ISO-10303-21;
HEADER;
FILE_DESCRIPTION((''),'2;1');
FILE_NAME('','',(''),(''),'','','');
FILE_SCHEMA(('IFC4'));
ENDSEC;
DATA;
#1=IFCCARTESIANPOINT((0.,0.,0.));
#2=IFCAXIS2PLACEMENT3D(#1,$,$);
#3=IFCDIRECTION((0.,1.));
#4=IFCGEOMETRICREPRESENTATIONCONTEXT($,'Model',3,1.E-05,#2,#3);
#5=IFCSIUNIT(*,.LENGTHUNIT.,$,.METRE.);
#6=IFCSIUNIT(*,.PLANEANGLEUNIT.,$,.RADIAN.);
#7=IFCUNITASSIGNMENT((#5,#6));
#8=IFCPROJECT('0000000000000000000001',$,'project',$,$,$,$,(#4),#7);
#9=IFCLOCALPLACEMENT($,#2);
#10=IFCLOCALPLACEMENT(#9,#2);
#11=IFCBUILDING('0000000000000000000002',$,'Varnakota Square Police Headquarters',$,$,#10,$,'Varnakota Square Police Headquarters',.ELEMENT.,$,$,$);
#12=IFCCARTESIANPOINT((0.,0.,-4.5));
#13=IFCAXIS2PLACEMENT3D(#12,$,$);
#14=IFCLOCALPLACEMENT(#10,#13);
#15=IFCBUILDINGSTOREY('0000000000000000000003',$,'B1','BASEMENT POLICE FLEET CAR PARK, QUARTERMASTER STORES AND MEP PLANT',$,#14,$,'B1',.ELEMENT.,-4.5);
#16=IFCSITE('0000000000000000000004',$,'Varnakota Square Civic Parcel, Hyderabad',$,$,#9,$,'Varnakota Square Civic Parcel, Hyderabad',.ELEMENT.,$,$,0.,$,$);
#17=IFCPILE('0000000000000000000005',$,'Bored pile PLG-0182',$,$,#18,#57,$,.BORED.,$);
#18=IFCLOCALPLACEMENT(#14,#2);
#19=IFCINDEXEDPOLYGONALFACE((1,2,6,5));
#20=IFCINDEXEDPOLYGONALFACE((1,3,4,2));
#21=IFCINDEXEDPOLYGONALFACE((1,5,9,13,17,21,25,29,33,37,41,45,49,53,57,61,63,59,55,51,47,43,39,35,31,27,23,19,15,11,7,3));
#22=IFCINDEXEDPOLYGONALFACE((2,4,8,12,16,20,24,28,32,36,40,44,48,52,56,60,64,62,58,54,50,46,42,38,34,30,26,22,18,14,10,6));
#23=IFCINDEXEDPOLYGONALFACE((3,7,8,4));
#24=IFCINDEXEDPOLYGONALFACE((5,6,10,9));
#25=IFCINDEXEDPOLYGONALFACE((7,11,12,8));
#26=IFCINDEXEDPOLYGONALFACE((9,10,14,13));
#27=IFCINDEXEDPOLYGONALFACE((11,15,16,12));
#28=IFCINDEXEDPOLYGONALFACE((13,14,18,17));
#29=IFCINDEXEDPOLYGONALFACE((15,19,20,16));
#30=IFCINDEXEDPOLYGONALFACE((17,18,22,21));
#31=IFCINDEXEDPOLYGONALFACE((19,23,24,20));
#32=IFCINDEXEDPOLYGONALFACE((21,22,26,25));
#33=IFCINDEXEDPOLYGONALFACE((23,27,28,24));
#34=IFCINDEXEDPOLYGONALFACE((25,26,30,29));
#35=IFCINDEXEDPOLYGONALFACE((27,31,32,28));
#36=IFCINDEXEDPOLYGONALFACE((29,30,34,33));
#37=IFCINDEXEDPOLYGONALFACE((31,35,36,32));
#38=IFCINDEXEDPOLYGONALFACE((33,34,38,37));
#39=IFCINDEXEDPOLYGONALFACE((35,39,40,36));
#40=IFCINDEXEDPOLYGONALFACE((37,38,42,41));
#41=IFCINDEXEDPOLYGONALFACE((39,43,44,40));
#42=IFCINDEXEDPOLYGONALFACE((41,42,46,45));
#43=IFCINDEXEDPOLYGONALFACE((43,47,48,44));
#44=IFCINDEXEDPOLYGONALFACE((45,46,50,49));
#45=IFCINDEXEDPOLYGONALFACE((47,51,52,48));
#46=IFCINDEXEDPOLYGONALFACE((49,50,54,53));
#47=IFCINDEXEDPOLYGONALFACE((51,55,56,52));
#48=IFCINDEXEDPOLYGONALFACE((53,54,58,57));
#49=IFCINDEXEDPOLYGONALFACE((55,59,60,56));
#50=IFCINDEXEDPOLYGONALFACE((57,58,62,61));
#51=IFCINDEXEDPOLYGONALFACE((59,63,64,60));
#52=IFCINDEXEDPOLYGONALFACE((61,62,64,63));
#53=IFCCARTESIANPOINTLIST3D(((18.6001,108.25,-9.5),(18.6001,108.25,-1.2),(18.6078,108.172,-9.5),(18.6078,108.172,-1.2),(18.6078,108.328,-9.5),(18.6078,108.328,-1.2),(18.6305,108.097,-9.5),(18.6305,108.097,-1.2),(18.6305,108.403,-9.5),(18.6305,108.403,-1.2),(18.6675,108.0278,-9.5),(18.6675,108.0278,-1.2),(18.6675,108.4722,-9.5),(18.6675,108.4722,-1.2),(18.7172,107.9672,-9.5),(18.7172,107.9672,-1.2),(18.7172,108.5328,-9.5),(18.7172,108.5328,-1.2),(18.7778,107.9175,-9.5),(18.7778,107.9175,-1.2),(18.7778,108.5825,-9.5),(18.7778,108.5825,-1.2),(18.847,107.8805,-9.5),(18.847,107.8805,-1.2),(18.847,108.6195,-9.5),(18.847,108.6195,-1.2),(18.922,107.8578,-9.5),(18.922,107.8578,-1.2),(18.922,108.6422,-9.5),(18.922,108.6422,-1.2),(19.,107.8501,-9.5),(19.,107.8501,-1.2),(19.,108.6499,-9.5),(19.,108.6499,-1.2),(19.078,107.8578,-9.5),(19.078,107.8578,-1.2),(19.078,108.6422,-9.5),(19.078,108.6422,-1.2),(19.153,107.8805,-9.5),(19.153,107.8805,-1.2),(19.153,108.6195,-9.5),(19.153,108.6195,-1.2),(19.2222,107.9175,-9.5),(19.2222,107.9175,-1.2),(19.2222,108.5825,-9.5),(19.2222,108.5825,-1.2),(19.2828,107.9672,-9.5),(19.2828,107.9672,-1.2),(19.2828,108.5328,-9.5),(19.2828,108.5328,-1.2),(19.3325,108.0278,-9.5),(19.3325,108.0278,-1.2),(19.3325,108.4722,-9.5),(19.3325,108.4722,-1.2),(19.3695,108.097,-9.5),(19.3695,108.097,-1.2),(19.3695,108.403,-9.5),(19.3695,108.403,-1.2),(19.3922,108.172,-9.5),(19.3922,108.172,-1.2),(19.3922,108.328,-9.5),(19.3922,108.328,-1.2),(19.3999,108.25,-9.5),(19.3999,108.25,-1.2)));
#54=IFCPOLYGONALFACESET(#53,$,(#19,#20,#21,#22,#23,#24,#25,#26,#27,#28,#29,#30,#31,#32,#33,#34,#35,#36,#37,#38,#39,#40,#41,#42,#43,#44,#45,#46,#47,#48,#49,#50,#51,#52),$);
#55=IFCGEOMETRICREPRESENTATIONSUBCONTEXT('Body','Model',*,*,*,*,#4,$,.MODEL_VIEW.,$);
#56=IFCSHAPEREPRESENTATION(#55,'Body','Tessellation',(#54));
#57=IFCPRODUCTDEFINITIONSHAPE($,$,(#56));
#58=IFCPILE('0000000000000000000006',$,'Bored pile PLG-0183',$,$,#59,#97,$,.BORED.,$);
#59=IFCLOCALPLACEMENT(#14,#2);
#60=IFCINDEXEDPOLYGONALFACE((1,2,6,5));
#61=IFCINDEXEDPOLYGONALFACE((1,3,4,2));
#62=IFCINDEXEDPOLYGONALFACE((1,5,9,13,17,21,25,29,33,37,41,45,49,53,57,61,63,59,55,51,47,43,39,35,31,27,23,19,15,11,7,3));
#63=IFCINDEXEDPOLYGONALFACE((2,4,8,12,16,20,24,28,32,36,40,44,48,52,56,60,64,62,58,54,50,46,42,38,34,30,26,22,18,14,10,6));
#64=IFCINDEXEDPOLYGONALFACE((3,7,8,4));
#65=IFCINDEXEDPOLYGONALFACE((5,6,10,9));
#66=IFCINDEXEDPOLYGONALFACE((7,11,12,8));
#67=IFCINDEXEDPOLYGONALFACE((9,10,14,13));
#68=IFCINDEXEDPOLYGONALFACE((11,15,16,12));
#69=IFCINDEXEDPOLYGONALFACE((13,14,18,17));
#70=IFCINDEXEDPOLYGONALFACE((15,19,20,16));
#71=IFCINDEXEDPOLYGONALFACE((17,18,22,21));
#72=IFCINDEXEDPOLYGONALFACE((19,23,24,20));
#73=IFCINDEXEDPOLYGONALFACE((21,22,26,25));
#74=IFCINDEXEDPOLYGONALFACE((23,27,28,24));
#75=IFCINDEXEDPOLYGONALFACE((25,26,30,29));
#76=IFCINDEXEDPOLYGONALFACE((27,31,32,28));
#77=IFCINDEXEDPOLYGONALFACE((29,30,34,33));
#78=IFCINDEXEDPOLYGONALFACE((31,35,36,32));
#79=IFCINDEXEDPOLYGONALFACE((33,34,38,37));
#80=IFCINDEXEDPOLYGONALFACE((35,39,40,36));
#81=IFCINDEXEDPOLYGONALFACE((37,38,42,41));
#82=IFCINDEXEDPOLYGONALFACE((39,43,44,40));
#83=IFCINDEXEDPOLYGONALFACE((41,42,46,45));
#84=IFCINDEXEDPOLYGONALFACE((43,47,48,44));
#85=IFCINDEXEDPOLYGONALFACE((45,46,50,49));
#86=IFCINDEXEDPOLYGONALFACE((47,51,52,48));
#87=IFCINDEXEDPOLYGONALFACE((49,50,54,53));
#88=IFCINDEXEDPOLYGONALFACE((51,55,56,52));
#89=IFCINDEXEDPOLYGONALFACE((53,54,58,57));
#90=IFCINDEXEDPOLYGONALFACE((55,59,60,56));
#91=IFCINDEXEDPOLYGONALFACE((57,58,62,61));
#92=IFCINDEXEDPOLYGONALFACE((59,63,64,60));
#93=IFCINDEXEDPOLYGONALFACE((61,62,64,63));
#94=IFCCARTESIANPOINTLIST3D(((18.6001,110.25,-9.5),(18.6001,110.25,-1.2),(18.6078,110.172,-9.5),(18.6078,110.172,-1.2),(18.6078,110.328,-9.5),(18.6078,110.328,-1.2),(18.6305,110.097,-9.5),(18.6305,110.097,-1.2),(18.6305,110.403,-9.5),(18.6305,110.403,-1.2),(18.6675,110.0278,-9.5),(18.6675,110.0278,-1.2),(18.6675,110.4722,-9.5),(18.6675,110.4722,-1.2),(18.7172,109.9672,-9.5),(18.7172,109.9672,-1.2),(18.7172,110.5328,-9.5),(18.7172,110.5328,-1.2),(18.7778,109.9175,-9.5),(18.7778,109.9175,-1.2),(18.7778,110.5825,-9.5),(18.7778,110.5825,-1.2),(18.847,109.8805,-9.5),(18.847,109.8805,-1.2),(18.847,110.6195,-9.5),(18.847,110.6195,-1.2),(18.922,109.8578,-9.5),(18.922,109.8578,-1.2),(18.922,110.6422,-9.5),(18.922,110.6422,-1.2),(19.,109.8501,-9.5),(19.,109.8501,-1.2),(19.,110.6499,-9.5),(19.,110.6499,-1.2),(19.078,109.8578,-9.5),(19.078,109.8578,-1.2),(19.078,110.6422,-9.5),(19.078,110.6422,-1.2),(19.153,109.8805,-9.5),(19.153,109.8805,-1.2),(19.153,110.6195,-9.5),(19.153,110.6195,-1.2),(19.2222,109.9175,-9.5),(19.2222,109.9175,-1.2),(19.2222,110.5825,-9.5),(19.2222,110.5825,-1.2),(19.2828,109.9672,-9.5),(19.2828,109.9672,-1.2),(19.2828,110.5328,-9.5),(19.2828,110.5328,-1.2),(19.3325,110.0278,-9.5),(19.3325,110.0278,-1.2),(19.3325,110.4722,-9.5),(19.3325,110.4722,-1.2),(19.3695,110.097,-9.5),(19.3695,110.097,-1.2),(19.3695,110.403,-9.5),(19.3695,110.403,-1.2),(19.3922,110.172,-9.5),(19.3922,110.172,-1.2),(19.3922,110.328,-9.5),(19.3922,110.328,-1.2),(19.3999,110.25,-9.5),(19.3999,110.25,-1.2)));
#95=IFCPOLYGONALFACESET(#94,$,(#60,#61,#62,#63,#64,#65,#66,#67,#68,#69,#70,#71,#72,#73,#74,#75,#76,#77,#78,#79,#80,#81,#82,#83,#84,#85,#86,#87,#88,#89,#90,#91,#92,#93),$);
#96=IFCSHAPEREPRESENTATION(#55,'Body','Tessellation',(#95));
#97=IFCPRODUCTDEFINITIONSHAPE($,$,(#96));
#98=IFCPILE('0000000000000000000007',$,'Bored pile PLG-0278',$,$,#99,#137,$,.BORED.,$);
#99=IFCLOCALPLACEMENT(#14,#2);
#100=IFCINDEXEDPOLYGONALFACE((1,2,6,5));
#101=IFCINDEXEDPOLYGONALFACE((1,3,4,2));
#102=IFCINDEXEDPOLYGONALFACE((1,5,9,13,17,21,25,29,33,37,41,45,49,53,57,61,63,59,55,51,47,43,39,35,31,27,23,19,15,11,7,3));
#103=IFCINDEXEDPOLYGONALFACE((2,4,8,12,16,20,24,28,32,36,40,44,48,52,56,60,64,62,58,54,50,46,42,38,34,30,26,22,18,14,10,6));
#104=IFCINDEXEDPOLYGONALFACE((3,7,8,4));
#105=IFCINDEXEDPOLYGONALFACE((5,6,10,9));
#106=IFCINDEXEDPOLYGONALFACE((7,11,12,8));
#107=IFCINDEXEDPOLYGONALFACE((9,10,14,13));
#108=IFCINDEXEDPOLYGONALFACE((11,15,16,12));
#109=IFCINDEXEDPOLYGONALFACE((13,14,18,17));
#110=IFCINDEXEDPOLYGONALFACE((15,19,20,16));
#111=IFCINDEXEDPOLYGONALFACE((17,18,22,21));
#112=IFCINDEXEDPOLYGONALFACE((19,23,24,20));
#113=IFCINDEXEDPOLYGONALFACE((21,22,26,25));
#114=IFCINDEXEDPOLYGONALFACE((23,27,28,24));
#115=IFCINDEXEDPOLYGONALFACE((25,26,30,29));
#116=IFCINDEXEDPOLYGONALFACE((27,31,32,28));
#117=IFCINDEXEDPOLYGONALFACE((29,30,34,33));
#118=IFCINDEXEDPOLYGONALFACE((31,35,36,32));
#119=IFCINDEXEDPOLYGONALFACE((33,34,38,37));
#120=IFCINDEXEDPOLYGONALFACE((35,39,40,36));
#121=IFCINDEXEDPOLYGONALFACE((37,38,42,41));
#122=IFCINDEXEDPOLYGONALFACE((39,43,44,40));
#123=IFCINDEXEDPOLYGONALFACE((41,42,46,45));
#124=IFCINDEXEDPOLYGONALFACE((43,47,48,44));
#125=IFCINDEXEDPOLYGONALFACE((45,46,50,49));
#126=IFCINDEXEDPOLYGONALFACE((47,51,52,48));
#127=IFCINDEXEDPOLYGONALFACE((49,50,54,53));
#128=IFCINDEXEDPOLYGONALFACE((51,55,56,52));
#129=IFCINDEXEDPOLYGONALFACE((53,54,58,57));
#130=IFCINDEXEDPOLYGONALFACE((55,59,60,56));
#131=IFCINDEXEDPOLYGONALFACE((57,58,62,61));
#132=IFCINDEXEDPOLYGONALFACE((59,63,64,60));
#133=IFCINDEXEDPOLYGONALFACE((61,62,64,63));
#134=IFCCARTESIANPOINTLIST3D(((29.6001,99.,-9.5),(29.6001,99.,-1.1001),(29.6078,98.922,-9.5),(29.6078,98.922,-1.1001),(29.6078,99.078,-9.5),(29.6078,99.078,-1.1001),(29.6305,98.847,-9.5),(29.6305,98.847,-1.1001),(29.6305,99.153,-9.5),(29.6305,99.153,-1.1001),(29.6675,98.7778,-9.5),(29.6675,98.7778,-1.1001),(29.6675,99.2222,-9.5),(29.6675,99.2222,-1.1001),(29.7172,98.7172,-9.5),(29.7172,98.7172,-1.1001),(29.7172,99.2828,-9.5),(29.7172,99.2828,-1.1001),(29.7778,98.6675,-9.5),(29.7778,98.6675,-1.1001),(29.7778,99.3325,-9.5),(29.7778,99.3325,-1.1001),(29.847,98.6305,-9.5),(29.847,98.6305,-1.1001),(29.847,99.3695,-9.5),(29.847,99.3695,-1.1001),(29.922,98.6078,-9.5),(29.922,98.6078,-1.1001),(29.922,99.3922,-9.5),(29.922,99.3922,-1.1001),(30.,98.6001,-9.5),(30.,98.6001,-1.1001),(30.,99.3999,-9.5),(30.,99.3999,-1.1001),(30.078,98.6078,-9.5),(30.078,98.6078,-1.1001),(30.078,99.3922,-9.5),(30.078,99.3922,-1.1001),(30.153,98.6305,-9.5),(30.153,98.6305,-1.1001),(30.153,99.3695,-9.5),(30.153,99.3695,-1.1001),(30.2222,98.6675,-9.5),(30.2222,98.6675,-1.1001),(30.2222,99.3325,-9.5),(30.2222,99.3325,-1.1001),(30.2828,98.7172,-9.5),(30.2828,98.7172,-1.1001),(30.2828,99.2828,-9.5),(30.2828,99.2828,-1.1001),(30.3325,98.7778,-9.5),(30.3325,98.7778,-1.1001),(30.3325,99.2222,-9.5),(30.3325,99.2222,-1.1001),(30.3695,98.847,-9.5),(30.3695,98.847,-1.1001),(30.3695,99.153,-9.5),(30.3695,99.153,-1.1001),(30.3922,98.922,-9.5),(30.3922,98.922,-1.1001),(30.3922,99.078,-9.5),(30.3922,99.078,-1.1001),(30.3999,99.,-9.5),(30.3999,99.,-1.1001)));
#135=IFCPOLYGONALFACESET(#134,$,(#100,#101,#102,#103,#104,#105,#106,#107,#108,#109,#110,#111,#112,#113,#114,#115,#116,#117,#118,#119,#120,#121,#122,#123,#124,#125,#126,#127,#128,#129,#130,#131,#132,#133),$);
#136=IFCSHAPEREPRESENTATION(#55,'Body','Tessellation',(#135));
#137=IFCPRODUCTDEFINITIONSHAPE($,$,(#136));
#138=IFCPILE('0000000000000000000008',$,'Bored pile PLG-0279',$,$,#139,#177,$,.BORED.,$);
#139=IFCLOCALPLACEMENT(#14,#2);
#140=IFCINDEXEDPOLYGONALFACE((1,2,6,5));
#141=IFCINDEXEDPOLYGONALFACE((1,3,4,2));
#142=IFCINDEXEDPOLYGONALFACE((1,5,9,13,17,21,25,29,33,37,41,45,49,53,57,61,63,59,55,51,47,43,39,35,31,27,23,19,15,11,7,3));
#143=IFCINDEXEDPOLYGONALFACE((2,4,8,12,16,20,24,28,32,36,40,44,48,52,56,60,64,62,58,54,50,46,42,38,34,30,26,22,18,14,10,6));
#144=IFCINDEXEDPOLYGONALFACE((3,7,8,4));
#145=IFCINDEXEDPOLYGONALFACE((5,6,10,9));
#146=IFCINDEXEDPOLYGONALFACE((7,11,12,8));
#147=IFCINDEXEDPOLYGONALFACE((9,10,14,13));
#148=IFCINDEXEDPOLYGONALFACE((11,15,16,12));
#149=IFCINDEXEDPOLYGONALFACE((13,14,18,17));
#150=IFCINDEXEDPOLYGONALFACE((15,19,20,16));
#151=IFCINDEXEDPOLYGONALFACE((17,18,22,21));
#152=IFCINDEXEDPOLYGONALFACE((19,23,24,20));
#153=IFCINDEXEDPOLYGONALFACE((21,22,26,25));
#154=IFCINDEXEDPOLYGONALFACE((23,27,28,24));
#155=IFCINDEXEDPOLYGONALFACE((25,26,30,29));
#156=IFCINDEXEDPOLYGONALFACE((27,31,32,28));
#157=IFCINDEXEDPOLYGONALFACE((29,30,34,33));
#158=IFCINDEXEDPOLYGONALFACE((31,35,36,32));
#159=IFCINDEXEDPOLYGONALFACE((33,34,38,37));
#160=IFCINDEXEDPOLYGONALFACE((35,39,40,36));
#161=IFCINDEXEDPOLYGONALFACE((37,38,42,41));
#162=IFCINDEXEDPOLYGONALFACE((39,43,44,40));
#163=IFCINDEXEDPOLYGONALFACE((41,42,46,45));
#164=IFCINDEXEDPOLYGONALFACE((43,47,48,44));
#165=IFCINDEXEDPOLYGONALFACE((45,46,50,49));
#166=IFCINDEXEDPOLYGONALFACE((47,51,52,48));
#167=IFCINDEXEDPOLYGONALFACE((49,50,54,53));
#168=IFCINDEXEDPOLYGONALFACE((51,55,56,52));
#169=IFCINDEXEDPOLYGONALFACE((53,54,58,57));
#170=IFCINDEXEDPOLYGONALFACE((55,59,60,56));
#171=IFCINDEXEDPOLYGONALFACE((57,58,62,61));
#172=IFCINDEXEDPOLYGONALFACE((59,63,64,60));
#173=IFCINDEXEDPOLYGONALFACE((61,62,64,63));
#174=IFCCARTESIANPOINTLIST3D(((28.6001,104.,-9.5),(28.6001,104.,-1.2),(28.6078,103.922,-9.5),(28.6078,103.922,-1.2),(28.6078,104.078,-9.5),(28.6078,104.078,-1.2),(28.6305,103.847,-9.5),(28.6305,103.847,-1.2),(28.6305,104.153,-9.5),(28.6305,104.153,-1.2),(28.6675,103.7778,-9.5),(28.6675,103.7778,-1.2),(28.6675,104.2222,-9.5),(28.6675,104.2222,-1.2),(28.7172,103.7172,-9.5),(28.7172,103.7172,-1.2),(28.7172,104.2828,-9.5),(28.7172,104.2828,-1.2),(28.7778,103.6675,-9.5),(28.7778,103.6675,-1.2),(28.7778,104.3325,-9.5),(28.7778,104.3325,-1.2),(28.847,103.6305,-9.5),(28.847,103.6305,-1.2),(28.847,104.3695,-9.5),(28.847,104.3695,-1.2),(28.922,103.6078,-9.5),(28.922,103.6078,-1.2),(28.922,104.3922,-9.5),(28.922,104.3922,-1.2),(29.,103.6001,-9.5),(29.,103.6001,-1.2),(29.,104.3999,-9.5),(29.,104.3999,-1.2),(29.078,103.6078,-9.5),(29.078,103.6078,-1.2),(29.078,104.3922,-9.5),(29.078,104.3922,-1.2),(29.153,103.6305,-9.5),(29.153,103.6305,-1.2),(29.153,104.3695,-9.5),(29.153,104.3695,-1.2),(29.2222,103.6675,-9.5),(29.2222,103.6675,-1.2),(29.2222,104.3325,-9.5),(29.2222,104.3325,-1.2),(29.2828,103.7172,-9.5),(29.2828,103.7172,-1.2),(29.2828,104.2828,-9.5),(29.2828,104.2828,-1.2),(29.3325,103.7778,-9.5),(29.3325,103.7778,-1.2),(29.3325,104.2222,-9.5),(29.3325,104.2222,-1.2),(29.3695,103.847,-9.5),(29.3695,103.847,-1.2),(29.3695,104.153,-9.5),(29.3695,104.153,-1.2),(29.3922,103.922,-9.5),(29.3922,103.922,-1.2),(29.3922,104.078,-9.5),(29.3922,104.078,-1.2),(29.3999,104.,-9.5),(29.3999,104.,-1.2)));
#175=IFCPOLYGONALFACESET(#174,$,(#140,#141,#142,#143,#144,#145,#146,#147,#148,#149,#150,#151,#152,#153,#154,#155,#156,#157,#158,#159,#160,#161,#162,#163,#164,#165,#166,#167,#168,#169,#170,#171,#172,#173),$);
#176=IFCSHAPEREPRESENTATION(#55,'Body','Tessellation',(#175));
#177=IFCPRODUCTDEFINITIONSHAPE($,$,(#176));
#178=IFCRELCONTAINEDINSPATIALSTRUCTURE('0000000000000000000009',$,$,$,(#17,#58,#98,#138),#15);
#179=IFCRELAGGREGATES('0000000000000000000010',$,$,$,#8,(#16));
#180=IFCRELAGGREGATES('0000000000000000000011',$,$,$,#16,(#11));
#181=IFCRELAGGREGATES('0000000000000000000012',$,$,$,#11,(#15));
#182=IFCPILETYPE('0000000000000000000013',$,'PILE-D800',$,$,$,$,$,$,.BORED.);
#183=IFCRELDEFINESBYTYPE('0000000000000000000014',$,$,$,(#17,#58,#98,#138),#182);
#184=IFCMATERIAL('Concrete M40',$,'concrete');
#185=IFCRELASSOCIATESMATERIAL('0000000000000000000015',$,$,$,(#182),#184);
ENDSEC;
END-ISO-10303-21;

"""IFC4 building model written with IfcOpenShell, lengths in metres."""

from ifc_helpers import new_model, si_unit, direction, frame, origin, origin_2d, place, context, subcontext, project, spatial, circle, extrude, material, material_profile, profile_set, type_object, element, save


model = new_model("IFC4")

# Units and contexts
model_context = context("Model", 3, precision=1e-05, world=origin(), true_north=direction((0.0, 1.0)))
body_context = subcontext(model_context, "Body", "Model", "MODEL_VIEW")
ifc_project = project(units=[si_unit("LENGTHUNIT", "METRE"), si_unit("PLANEANGLEUNIT", "RADIAN")], contexts=[model_context])

# Site, building, storey
site_placement = place(None, origin())
site = spatial("IfcSite", under=ifc_project, at=site_placement, Name="Varnakota Square Civic Parcel, Hyderabad", LongName="Varnakota Square Civic Parcel, Hyderabad", CompositionType="ELEMENT", RefElevation=0.0)
building_placement = place(site_placement, origin())
building = spatial("IfcBuilding", under=site, at=building_placement, Name="Varnakota Square Police Headquarters", LongName="Varnakota Square Police Headquarters", CompositionType="ELEMENT")
storey_placement = place(building_placement, frame((0.0, 0.0, -4.5)))
storey = spatial("IfcBuildingStorey", under=building, at=storey_placement, Name="B1", Description="BASEMENT POLICE FLEET CAR PARK, QUARTERMASTER STORES AND MEP PLANT", LongName="B1", CompositionType="ELEMENT", Elevation=-4.5)

# Shared definitions
ifc_material_1 = material(Name="Concrete M40", Category="concrete")

# Piles
ifc_material_profile_1 = material_profile(ifc_material_1, circle(Radius=0.3999, at=origin_2d()), Name="BORED PILE 800")
ifc_profile_set_1 = profile_set([ifc_material_profile_1], Name="Concrete M40")
pile_type = type_object("IfcPileType", Name="PILE-D800", PredefinedType="BORED", material=ifc_profile_set_1)
for number, where, z_axis, x_axis, name in (
    (1, (19.0, 108.25, -1.2), (0.0, 0.0, -1.0), (1.0, 0.0, 0.0), "Bored pile PLG-0182"),
    (2, (19.0, 110.25, -1.2), (0.0, 0.0, -1.0), (1.0, 0.0, 0.0), "Bored pile PLG-0183"),
):
    element("IfcPile", number, at=place(storey_placement, frame(where, z_axis=z_axis, x_axis=x_axis)), inside=storey, type_object=pile_type, Name=name, PredefinedType="BORED", context=body_context, shape_type="SweptSolid", body=[
        extrude(circle(Radius=0.3999, at=origin_2d()), origin(), (0.0, 0.0, 1.0), 8.3),
    ])
pile_placement = place(storey_placement, frame((30.0, 99.0, -1.1001), z_axis=(0.0, 0.0, -1.0), x_axis=(1.0, 0.0, 0.0)))
element("IfcPile", 3, at=pile_placement, inside=storey, type_object=pile_type, Name="Bored pile PLG-0278", PredefinedType="BORED", context=body_context, shape_type="SweptSolid", body=[
    extrude(circle(Radius=0.3999, at=origin_2d()), origin(), (0.0, 0.0, 1.0), 8.3999),
])
for number, where, z_axis, x_axis, name in (
    (4, (29.0, 104.0, -1.2), (0.0, 0.0, -1.0), (1.0, 0.0, 0.0), "Bored pile PLG-0279"),
):
    element("IfcPile", number, at=place(storey_placement, frame(where, z_axis=z_axis, x_axis=x_axis)), inside=storey, type_object=pile_type, Name=name, PredefinedType="BORED", context=body_context, shape_type="SweptSolid", body=[
        extrude(circle(Radius=0.3999, at=origin_2d()), origin(), (0.0, 0.0, 1.0), 8.3),
    ])

save(model, "model.ifc")
